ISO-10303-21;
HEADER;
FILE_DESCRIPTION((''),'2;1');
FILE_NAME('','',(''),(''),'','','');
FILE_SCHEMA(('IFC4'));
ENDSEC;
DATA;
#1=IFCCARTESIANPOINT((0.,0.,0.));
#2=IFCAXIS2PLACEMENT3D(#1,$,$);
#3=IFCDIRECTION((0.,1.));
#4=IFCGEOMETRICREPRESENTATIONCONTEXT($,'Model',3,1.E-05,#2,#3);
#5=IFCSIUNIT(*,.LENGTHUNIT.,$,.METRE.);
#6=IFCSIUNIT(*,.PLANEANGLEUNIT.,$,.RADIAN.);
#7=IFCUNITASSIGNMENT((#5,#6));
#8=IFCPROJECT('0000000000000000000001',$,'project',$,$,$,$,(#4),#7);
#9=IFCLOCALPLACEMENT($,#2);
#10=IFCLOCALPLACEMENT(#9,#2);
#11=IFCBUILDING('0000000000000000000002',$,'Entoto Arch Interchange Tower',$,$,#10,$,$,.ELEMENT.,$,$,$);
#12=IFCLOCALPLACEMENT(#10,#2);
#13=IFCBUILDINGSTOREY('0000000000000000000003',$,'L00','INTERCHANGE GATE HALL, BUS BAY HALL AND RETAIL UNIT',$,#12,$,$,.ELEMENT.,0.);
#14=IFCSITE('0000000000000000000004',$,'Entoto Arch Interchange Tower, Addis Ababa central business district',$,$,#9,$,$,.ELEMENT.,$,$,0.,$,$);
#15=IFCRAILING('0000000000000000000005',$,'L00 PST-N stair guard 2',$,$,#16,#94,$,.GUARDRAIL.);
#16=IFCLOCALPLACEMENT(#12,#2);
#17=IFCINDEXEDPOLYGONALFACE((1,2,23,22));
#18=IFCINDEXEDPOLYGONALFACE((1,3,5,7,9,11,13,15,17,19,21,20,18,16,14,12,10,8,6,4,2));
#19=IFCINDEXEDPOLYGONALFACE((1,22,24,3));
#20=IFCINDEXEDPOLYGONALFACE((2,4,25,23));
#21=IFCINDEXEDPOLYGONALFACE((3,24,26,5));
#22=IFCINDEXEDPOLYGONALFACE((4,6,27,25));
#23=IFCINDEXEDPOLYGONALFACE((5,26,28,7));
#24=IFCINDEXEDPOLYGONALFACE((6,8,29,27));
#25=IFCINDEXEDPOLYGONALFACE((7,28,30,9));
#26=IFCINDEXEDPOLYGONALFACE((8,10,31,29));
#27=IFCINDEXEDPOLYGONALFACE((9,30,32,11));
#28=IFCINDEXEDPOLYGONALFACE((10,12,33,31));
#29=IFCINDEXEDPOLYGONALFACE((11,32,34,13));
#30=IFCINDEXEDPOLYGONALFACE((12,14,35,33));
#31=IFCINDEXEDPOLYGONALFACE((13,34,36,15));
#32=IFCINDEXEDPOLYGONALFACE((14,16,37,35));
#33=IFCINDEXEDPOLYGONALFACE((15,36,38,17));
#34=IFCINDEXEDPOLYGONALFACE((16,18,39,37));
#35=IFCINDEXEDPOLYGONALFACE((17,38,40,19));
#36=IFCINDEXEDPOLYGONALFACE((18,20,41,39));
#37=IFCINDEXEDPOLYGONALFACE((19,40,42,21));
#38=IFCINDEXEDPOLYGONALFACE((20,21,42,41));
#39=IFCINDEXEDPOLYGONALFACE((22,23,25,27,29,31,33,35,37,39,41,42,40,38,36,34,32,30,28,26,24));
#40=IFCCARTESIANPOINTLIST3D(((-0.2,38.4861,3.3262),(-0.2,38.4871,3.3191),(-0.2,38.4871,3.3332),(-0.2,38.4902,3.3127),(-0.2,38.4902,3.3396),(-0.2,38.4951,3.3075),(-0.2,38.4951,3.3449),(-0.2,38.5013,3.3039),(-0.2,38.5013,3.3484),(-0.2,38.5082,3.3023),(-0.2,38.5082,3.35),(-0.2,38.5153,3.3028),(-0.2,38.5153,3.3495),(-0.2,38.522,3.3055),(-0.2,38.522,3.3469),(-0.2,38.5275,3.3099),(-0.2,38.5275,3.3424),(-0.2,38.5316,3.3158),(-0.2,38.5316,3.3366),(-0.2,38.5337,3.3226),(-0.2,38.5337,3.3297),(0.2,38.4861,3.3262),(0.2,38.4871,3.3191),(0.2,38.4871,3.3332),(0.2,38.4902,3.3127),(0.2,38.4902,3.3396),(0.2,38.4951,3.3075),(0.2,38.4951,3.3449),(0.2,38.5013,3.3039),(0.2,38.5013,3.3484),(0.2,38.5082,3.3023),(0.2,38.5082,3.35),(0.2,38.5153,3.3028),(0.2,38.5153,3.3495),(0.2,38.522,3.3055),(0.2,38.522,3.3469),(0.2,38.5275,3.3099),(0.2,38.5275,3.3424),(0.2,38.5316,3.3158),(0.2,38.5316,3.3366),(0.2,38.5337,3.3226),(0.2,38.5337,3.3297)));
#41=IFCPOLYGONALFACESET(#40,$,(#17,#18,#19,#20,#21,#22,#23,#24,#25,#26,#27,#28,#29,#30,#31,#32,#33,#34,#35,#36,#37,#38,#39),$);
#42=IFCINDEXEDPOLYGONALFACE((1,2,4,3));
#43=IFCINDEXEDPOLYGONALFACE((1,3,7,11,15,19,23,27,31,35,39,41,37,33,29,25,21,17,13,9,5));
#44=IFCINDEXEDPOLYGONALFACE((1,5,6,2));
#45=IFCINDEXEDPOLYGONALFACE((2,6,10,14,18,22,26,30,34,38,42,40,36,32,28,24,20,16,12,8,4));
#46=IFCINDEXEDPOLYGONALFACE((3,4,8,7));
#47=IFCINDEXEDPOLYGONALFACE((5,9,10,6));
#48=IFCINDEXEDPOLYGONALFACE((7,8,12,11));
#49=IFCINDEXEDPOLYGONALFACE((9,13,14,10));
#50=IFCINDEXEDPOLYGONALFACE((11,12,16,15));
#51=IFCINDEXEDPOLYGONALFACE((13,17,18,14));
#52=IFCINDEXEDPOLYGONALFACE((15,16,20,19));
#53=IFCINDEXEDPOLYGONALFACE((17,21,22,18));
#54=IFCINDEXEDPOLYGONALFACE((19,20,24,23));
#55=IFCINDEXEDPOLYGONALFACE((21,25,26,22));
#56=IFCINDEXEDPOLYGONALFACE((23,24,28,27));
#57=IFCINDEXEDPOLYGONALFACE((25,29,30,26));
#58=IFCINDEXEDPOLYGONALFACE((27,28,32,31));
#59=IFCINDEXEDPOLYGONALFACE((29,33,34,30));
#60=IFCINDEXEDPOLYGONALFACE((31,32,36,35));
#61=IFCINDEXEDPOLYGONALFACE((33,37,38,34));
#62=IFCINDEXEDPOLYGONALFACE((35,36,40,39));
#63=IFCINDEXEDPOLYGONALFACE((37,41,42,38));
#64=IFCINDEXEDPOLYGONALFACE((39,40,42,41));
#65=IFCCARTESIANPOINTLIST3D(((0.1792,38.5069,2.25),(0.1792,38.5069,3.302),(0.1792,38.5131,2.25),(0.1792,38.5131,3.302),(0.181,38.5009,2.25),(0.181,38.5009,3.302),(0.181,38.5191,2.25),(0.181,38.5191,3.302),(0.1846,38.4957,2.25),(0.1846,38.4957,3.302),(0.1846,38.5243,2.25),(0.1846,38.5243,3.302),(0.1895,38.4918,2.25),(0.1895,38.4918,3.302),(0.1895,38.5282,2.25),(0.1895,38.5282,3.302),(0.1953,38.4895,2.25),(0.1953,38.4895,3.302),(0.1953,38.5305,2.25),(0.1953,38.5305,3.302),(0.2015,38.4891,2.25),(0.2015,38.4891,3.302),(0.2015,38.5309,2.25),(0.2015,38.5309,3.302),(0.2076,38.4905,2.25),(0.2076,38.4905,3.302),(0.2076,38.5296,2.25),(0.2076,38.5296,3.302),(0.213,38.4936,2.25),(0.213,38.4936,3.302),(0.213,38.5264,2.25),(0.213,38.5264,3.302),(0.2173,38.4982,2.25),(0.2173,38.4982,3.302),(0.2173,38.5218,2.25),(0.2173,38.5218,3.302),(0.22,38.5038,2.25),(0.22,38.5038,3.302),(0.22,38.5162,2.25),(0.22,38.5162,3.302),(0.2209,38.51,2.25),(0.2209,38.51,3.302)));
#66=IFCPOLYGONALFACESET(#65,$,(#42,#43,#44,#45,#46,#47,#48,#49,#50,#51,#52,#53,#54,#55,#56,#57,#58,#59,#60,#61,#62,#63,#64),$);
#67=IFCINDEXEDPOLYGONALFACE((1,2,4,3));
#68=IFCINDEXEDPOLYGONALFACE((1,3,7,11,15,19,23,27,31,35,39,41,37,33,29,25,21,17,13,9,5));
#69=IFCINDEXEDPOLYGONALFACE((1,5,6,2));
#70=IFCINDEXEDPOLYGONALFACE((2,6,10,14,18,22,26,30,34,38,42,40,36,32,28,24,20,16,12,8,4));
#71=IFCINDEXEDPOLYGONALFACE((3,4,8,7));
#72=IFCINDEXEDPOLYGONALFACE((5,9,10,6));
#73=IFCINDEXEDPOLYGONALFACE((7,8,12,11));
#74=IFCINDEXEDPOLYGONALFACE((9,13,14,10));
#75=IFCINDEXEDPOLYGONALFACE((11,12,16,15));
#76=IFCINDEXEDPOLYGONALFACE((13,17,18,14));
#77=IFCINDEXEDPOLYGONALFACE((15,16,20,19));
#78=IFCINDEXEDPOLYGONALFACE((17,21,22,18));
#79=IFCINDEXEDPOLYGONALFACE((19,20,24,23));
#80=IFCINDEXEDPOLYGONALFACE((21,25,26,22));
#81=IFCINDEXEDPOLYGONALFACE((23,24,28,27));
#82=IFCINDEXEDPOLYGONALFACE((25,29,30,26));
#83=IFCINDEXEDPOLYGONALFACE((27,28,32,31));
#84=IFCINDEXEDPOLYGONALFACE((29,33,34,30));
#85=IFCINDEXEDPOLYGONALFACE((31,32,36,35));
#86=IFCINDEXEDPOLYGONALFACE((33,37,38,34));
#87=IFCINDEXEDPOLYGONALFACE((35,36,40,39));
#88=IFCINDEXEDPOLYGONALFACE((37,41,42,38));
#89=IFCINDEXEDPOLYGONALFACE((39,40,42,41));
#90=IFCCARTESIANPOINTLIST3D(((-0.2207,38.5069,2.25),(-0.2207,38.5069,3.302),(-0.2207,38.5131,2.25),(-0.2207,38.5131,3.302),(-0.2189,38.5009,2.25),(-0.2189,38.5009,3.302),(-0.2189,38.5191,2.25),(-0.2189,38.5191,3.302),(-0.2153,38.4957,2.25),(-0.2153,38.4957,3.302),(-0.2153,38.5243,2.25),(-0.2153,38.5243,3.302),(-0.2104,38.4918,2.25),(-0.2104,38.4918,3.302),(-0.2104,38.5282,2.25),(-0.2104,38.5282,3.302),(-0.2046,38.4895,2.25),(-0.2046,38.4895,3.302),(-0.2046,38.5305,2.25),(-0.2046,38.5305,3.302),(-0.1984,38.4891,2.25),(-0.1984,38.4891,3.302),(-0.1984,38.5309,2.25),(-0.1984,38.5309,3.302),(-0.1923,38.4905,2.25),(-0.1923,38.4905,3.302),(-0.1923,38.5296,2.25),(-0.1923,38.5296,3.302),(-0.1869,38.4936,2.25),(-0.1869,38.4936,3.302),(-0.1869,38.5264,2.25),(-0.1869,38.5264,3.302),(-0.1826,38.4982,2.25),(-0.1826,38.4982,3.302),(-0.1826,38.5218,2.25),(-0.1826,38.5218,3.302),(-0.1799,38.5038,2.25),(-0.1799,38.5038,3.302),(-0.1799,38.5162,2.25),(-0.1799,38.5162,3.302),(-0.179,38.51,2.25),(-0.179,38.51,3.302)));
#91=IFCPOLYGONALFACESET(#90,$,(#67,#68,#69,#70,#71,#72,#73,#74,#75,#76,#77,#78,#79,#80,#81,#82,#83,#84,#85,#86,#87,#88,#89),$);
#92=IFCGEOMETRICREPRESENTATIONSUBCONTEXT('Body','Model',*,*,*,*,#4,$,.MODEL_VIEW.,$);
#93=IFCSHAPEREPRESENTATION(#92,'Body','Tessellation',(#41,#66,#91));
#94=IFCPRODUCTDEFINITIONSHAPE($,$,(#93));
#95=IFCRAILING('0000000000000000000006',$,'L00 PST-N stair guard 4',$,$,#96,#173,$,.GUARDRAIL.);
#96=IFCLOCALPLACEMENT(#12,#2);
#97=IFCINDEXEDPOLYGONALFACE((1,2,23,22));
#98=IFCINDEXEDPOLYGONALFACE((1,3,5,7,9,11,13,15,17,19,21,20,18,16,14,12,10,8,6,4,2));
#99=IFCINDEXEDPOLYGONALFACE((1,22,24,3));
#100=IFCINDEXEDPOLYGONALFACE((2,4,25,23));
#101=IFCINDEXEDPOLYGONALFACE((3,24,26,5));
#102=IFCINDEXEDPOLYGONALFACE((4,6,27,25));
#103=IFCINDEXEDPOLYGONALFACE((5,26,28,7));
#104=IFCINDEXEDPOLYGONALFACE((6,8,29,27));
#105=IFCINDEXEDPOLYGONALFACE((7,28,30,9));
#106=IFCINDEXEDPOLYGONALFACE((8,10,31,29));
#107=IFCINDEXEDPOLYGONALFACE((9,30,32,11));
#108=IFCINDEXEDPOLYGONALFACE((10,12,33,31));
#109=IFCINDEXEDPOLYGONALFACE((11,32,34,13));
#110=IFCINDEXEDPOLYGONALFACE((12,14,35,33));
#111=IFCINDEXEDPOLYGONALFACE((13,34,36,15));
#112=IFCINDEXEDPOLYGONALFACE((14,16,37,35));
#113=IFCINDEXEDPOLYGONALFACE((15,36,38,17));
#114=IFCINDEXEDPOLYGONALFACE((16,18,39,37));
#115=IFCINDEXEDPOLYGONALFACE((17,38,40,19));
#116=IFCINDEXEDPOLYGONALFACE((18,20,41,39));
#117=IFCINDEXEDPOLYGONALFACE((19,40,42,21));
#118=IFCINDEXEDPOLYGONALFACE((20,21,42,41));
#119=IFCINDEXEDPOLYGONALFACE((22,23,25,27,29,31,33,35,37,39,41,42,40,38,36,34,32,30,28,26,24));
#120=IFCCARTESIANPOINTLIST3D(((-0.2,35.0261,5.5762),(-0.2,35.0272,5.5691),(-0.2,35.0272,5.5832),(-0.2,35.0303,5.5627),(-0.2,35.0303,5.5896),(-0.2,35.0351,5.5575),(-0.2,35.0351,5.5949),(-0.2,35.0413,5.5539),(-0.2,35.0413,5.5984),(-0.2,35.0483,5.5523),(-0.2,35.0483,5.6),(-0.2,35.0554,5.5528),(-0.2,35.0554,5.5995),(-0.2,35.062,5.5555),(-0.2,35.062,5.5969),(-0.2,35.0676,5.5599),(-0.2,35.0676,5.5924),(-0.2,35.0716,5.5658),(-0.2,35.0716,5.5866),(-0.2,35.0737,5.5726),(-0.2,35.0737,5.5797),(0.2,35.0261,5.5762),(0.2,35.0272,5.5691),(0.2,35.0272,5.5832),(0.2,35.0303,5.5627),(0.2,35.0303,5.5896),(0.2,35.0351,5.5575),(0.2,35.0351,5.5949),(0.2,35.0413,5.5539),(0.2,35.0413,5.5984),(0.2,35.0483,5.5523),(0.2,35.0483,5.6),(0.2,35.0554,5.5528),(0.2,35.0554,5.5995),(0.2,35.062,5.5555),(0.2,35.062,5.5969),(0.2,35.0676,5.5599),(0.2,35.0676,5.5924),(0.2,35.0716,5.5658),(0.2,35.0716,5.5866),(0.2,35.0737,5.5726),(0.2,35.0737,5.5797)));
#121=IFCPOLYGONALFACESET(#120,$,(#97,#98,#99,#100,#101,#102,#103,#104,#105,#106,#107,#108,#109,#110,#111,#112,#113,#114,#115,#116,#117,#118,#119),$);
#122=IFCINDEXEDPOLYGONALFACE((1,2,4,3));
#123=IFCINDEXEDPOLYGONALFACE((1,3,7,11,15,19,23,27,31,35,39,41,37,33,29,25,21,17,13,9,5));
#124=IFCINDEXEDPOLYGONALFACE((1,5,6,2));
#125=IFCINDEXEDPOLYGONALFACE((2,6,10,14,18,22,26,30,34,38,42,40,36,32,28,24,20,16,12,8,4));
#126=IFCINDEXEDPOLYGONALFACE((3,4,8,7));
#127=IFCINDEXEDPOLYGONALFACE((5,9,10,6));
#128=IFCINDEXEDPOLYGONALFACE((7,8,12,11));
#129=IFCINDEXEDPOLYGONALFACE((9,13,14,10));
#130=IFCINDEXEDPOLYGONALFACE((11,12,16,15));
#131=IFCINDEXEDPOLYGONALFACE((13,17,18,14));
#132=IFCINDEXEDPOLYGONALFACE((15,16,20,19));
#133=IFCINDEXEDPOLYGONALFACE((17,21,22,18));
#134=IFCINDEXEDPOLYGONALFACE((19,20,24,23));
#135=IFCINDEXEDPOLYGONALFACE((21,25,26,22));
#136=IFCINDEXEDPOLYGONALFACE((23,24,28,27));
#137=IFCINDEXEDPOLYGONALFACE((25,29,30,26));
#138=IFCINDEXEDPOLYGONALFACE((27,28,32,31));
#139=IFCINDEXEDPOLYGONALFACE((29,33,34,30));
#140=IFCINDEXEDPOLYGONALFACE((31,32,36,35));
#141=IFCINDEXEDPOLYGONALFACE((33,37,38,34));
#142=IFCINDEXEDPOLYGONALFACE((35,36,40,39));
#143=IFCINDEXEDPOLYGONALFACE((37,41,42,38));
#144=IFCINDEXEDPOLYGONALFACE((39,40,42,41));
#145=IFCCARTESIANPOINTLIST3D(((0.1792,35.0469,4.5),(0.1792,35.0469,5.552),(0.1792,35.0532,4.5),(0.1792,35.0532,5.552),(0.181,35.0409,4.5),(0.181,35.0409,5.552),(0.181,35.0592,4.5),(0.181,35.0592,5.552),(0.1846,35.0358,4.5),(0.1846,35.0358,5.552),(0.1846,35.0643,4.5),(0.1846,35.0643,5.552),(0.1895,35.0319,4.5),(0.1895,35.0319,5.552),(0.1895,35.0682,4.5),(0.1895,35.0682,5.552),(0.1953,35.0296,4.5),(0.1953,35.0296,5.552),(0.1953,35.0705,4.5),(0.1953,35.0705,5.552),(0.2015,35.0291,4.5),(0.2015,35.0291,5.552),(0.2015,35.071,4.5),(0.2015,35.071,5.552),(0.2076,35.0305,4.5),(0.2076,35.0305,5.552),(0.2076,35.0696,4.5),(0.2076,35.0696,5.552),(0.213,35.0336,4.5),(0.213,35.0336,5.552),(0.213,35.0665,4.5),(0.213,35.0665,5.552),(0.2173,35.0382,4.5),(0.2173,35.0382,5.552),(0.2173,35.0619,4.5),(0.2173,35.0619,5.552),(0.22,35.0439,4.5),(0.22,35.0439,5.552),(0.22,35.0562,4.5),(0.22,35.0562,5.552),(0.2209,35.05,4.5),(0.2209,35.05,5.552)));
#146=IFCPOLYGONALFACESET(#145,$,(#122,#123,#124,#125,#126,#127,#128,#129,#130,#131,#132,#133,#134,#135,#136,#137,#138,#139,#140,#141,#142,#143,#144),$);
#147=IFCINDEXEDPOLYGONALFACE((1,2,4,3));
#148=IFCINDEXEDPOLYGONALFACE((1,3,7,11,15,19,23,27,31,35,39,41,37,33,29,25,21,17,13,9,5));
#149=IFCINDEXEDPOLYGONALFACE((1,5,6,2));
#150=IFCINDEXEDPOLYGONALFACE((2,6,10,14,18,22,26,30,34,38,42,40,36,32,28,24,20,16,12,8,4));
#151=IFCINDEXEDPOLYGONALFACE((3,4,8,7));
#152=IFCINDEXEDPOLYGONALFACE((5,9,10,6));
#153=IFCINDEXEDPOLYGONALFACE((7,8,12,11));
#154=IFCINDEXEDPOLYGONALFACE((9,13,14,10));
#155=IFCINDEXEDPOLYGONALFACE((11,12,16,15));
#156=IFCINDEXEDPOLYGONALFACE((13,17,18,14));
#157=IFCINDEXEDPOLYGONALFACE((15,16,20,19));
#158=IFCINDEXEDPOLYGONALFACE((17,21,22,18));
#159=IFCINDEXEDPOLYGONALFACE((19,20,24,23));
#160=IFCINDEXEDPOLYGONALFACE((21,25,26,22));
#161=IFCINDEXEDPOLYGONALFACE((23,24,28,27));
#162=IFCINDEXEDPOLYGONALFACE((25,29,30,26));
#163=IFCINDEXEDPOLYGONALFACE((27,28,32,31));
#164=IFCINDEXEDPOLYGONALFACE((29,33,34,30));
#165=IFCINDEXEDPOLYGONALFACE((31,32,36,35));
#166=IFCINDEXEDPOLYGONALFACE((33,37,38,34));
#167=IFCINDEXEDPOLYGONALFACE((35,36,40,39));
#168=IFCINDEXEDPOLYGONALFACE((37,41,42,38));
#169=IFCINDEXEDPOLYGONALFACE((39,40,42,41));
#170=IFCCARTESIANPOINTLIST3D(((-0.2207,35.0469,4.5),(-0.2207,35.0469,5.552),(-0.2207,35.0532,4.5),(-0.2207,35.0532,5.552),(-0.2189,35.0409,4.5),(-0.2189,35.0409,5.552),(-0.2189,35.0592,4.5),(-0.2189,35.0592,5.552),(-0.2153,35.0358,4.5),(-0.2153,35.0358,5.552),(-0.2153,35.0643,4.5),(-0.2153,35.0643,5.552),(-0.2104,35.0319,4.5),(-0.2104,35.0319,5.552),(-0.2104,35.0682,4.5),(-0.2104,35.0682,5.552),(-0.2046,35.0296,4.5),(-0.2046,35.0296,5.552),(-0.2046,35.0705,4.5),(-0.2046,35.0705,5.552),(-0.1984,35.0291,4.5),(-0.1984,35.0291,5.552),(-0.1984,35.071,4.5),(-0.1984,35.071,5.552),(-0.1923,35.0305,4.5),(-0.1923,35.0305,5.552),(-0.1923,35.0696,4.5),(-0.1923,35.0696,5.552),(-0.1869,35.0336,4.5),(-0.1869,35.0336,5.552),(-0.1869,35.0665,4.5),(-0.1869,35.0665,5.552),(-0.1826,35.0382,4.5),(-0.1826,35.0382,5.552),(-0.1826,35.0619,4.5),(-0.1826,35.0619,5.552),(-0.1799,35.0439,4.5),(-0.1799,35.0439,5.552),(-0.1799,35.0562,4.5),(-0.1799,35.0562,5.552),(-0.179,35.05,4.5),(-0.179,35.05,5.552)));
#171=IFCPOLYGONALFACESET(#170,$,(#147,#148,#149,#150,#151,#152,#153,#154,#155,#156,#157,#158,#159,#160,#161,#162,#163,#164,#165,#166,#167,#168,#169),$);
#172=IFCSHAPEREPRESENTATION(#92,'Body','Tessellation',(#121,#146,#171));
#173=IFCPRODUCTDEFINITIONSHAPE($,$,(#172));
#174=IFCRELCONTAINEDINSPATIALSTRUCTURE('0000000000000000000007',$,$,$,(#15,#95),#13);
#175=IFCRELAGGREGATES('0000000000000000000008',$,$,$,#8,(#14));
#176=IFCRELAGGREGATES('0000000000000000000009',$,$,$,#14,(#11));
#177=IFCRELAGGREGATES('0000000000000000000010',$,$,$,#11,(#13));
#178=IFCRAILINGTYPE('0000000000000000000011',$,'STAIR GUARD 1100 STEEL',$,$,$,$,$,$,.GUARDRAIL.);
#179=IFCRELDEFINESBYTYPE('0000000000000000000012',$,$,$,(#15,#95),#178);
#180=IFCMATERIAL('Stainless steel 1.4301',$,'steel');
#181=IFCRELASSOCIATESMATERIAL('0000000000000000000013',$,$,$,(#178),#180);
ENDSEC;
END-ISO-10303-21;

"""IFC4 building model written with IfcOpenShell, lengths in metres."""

from ifc_helpers import new_model, si_unit, direction, frame, origin, origin_2d, place, context, subcontext, project, spatial, circle, extrude, material, type_object, element, save


model = new_model("IFC4")

# Units and contexts
model_context = context("Model", 3, precision=1e-05, world=origin(), true_north=direction((0.0, 1.0)))
body_context = subcontext(model_context, "Body", "Model", "MODEL_VIEW")
ifc_project = project(units=[si_unit("LENGTHUNIT", "METRE"), si_unit("PLANEANGLEUNIT", "RADIAN")], contexts=[model_context])

# Site, building, storey
site_placement = place(None, origin())
site = spatial("IfcSite", under=ifc_project, at=site_placement, Name="Entoto Arch Interchange Tower, Addis Ababa central business district", CompositionType="ELEMENT", RefElevation=0.0)
building_placement = place(site_placement, origin())
building = spatial("IfcBuilding", under=site, at=building_placement, Name="Entoto Arch Interchange Tower", CompositionType="ELEMENT")
storey_placement = place(building_placement, origin())
storey = spatial("IfcBuildingStorey", under=building, at=storey_placement, Name="L00", Description="INTERCHANGE GATE HALL, BUS BAY HALL AND RETAIL UNIT", CompositionType="ELEMENT", Elevation=0.0)

# Railings
ifc_material_1 = material(Name="Stainless steel 1.4301", Category="steel")
railing_type_1 = type_object("IfcRailingType", Name="STAIR GUARD 1100 STEEL", PredefinedType="GUARDRAIL", material=ifc_material_1)
for number, where, name in (
    (1, (0.2, 38.51, 2.25), "L00 PST-N stair guard 2"),
    (2, (0.2, 35.05, 4.5), "L00 PST-N stair guard 4"),
):
    element("IfcRailing", number, at=place(storey_placement, frame(where)), inside=storey, type_object=railing_type_1, Name=name, PredefinedType="GUARDRAIL", context=body_context, shape_type="SweptSolid", body=[
        extrude(circle(Radius=0.0239, at=origin_2d()), frame((0.0, 0.0, 1.0762), z_axis=(-1.0, 0.0, 0.0), x_axis=(0.0, -1.0, 0.0)), (0.0, 0.0, 1.0), 0.3999),
        extrude(circle(Radius=0.021, at=origin_2d()), origin(), (0.0, 0.0, 1.0), 1.052),
        extrude(circle(Radius=0.021, at=origin_2d()), frame((-0.3999, 0.0, 0.0)), (0.0, 0.0, 1.0), 1.052),
    ])

save(model, "model.ifc")
